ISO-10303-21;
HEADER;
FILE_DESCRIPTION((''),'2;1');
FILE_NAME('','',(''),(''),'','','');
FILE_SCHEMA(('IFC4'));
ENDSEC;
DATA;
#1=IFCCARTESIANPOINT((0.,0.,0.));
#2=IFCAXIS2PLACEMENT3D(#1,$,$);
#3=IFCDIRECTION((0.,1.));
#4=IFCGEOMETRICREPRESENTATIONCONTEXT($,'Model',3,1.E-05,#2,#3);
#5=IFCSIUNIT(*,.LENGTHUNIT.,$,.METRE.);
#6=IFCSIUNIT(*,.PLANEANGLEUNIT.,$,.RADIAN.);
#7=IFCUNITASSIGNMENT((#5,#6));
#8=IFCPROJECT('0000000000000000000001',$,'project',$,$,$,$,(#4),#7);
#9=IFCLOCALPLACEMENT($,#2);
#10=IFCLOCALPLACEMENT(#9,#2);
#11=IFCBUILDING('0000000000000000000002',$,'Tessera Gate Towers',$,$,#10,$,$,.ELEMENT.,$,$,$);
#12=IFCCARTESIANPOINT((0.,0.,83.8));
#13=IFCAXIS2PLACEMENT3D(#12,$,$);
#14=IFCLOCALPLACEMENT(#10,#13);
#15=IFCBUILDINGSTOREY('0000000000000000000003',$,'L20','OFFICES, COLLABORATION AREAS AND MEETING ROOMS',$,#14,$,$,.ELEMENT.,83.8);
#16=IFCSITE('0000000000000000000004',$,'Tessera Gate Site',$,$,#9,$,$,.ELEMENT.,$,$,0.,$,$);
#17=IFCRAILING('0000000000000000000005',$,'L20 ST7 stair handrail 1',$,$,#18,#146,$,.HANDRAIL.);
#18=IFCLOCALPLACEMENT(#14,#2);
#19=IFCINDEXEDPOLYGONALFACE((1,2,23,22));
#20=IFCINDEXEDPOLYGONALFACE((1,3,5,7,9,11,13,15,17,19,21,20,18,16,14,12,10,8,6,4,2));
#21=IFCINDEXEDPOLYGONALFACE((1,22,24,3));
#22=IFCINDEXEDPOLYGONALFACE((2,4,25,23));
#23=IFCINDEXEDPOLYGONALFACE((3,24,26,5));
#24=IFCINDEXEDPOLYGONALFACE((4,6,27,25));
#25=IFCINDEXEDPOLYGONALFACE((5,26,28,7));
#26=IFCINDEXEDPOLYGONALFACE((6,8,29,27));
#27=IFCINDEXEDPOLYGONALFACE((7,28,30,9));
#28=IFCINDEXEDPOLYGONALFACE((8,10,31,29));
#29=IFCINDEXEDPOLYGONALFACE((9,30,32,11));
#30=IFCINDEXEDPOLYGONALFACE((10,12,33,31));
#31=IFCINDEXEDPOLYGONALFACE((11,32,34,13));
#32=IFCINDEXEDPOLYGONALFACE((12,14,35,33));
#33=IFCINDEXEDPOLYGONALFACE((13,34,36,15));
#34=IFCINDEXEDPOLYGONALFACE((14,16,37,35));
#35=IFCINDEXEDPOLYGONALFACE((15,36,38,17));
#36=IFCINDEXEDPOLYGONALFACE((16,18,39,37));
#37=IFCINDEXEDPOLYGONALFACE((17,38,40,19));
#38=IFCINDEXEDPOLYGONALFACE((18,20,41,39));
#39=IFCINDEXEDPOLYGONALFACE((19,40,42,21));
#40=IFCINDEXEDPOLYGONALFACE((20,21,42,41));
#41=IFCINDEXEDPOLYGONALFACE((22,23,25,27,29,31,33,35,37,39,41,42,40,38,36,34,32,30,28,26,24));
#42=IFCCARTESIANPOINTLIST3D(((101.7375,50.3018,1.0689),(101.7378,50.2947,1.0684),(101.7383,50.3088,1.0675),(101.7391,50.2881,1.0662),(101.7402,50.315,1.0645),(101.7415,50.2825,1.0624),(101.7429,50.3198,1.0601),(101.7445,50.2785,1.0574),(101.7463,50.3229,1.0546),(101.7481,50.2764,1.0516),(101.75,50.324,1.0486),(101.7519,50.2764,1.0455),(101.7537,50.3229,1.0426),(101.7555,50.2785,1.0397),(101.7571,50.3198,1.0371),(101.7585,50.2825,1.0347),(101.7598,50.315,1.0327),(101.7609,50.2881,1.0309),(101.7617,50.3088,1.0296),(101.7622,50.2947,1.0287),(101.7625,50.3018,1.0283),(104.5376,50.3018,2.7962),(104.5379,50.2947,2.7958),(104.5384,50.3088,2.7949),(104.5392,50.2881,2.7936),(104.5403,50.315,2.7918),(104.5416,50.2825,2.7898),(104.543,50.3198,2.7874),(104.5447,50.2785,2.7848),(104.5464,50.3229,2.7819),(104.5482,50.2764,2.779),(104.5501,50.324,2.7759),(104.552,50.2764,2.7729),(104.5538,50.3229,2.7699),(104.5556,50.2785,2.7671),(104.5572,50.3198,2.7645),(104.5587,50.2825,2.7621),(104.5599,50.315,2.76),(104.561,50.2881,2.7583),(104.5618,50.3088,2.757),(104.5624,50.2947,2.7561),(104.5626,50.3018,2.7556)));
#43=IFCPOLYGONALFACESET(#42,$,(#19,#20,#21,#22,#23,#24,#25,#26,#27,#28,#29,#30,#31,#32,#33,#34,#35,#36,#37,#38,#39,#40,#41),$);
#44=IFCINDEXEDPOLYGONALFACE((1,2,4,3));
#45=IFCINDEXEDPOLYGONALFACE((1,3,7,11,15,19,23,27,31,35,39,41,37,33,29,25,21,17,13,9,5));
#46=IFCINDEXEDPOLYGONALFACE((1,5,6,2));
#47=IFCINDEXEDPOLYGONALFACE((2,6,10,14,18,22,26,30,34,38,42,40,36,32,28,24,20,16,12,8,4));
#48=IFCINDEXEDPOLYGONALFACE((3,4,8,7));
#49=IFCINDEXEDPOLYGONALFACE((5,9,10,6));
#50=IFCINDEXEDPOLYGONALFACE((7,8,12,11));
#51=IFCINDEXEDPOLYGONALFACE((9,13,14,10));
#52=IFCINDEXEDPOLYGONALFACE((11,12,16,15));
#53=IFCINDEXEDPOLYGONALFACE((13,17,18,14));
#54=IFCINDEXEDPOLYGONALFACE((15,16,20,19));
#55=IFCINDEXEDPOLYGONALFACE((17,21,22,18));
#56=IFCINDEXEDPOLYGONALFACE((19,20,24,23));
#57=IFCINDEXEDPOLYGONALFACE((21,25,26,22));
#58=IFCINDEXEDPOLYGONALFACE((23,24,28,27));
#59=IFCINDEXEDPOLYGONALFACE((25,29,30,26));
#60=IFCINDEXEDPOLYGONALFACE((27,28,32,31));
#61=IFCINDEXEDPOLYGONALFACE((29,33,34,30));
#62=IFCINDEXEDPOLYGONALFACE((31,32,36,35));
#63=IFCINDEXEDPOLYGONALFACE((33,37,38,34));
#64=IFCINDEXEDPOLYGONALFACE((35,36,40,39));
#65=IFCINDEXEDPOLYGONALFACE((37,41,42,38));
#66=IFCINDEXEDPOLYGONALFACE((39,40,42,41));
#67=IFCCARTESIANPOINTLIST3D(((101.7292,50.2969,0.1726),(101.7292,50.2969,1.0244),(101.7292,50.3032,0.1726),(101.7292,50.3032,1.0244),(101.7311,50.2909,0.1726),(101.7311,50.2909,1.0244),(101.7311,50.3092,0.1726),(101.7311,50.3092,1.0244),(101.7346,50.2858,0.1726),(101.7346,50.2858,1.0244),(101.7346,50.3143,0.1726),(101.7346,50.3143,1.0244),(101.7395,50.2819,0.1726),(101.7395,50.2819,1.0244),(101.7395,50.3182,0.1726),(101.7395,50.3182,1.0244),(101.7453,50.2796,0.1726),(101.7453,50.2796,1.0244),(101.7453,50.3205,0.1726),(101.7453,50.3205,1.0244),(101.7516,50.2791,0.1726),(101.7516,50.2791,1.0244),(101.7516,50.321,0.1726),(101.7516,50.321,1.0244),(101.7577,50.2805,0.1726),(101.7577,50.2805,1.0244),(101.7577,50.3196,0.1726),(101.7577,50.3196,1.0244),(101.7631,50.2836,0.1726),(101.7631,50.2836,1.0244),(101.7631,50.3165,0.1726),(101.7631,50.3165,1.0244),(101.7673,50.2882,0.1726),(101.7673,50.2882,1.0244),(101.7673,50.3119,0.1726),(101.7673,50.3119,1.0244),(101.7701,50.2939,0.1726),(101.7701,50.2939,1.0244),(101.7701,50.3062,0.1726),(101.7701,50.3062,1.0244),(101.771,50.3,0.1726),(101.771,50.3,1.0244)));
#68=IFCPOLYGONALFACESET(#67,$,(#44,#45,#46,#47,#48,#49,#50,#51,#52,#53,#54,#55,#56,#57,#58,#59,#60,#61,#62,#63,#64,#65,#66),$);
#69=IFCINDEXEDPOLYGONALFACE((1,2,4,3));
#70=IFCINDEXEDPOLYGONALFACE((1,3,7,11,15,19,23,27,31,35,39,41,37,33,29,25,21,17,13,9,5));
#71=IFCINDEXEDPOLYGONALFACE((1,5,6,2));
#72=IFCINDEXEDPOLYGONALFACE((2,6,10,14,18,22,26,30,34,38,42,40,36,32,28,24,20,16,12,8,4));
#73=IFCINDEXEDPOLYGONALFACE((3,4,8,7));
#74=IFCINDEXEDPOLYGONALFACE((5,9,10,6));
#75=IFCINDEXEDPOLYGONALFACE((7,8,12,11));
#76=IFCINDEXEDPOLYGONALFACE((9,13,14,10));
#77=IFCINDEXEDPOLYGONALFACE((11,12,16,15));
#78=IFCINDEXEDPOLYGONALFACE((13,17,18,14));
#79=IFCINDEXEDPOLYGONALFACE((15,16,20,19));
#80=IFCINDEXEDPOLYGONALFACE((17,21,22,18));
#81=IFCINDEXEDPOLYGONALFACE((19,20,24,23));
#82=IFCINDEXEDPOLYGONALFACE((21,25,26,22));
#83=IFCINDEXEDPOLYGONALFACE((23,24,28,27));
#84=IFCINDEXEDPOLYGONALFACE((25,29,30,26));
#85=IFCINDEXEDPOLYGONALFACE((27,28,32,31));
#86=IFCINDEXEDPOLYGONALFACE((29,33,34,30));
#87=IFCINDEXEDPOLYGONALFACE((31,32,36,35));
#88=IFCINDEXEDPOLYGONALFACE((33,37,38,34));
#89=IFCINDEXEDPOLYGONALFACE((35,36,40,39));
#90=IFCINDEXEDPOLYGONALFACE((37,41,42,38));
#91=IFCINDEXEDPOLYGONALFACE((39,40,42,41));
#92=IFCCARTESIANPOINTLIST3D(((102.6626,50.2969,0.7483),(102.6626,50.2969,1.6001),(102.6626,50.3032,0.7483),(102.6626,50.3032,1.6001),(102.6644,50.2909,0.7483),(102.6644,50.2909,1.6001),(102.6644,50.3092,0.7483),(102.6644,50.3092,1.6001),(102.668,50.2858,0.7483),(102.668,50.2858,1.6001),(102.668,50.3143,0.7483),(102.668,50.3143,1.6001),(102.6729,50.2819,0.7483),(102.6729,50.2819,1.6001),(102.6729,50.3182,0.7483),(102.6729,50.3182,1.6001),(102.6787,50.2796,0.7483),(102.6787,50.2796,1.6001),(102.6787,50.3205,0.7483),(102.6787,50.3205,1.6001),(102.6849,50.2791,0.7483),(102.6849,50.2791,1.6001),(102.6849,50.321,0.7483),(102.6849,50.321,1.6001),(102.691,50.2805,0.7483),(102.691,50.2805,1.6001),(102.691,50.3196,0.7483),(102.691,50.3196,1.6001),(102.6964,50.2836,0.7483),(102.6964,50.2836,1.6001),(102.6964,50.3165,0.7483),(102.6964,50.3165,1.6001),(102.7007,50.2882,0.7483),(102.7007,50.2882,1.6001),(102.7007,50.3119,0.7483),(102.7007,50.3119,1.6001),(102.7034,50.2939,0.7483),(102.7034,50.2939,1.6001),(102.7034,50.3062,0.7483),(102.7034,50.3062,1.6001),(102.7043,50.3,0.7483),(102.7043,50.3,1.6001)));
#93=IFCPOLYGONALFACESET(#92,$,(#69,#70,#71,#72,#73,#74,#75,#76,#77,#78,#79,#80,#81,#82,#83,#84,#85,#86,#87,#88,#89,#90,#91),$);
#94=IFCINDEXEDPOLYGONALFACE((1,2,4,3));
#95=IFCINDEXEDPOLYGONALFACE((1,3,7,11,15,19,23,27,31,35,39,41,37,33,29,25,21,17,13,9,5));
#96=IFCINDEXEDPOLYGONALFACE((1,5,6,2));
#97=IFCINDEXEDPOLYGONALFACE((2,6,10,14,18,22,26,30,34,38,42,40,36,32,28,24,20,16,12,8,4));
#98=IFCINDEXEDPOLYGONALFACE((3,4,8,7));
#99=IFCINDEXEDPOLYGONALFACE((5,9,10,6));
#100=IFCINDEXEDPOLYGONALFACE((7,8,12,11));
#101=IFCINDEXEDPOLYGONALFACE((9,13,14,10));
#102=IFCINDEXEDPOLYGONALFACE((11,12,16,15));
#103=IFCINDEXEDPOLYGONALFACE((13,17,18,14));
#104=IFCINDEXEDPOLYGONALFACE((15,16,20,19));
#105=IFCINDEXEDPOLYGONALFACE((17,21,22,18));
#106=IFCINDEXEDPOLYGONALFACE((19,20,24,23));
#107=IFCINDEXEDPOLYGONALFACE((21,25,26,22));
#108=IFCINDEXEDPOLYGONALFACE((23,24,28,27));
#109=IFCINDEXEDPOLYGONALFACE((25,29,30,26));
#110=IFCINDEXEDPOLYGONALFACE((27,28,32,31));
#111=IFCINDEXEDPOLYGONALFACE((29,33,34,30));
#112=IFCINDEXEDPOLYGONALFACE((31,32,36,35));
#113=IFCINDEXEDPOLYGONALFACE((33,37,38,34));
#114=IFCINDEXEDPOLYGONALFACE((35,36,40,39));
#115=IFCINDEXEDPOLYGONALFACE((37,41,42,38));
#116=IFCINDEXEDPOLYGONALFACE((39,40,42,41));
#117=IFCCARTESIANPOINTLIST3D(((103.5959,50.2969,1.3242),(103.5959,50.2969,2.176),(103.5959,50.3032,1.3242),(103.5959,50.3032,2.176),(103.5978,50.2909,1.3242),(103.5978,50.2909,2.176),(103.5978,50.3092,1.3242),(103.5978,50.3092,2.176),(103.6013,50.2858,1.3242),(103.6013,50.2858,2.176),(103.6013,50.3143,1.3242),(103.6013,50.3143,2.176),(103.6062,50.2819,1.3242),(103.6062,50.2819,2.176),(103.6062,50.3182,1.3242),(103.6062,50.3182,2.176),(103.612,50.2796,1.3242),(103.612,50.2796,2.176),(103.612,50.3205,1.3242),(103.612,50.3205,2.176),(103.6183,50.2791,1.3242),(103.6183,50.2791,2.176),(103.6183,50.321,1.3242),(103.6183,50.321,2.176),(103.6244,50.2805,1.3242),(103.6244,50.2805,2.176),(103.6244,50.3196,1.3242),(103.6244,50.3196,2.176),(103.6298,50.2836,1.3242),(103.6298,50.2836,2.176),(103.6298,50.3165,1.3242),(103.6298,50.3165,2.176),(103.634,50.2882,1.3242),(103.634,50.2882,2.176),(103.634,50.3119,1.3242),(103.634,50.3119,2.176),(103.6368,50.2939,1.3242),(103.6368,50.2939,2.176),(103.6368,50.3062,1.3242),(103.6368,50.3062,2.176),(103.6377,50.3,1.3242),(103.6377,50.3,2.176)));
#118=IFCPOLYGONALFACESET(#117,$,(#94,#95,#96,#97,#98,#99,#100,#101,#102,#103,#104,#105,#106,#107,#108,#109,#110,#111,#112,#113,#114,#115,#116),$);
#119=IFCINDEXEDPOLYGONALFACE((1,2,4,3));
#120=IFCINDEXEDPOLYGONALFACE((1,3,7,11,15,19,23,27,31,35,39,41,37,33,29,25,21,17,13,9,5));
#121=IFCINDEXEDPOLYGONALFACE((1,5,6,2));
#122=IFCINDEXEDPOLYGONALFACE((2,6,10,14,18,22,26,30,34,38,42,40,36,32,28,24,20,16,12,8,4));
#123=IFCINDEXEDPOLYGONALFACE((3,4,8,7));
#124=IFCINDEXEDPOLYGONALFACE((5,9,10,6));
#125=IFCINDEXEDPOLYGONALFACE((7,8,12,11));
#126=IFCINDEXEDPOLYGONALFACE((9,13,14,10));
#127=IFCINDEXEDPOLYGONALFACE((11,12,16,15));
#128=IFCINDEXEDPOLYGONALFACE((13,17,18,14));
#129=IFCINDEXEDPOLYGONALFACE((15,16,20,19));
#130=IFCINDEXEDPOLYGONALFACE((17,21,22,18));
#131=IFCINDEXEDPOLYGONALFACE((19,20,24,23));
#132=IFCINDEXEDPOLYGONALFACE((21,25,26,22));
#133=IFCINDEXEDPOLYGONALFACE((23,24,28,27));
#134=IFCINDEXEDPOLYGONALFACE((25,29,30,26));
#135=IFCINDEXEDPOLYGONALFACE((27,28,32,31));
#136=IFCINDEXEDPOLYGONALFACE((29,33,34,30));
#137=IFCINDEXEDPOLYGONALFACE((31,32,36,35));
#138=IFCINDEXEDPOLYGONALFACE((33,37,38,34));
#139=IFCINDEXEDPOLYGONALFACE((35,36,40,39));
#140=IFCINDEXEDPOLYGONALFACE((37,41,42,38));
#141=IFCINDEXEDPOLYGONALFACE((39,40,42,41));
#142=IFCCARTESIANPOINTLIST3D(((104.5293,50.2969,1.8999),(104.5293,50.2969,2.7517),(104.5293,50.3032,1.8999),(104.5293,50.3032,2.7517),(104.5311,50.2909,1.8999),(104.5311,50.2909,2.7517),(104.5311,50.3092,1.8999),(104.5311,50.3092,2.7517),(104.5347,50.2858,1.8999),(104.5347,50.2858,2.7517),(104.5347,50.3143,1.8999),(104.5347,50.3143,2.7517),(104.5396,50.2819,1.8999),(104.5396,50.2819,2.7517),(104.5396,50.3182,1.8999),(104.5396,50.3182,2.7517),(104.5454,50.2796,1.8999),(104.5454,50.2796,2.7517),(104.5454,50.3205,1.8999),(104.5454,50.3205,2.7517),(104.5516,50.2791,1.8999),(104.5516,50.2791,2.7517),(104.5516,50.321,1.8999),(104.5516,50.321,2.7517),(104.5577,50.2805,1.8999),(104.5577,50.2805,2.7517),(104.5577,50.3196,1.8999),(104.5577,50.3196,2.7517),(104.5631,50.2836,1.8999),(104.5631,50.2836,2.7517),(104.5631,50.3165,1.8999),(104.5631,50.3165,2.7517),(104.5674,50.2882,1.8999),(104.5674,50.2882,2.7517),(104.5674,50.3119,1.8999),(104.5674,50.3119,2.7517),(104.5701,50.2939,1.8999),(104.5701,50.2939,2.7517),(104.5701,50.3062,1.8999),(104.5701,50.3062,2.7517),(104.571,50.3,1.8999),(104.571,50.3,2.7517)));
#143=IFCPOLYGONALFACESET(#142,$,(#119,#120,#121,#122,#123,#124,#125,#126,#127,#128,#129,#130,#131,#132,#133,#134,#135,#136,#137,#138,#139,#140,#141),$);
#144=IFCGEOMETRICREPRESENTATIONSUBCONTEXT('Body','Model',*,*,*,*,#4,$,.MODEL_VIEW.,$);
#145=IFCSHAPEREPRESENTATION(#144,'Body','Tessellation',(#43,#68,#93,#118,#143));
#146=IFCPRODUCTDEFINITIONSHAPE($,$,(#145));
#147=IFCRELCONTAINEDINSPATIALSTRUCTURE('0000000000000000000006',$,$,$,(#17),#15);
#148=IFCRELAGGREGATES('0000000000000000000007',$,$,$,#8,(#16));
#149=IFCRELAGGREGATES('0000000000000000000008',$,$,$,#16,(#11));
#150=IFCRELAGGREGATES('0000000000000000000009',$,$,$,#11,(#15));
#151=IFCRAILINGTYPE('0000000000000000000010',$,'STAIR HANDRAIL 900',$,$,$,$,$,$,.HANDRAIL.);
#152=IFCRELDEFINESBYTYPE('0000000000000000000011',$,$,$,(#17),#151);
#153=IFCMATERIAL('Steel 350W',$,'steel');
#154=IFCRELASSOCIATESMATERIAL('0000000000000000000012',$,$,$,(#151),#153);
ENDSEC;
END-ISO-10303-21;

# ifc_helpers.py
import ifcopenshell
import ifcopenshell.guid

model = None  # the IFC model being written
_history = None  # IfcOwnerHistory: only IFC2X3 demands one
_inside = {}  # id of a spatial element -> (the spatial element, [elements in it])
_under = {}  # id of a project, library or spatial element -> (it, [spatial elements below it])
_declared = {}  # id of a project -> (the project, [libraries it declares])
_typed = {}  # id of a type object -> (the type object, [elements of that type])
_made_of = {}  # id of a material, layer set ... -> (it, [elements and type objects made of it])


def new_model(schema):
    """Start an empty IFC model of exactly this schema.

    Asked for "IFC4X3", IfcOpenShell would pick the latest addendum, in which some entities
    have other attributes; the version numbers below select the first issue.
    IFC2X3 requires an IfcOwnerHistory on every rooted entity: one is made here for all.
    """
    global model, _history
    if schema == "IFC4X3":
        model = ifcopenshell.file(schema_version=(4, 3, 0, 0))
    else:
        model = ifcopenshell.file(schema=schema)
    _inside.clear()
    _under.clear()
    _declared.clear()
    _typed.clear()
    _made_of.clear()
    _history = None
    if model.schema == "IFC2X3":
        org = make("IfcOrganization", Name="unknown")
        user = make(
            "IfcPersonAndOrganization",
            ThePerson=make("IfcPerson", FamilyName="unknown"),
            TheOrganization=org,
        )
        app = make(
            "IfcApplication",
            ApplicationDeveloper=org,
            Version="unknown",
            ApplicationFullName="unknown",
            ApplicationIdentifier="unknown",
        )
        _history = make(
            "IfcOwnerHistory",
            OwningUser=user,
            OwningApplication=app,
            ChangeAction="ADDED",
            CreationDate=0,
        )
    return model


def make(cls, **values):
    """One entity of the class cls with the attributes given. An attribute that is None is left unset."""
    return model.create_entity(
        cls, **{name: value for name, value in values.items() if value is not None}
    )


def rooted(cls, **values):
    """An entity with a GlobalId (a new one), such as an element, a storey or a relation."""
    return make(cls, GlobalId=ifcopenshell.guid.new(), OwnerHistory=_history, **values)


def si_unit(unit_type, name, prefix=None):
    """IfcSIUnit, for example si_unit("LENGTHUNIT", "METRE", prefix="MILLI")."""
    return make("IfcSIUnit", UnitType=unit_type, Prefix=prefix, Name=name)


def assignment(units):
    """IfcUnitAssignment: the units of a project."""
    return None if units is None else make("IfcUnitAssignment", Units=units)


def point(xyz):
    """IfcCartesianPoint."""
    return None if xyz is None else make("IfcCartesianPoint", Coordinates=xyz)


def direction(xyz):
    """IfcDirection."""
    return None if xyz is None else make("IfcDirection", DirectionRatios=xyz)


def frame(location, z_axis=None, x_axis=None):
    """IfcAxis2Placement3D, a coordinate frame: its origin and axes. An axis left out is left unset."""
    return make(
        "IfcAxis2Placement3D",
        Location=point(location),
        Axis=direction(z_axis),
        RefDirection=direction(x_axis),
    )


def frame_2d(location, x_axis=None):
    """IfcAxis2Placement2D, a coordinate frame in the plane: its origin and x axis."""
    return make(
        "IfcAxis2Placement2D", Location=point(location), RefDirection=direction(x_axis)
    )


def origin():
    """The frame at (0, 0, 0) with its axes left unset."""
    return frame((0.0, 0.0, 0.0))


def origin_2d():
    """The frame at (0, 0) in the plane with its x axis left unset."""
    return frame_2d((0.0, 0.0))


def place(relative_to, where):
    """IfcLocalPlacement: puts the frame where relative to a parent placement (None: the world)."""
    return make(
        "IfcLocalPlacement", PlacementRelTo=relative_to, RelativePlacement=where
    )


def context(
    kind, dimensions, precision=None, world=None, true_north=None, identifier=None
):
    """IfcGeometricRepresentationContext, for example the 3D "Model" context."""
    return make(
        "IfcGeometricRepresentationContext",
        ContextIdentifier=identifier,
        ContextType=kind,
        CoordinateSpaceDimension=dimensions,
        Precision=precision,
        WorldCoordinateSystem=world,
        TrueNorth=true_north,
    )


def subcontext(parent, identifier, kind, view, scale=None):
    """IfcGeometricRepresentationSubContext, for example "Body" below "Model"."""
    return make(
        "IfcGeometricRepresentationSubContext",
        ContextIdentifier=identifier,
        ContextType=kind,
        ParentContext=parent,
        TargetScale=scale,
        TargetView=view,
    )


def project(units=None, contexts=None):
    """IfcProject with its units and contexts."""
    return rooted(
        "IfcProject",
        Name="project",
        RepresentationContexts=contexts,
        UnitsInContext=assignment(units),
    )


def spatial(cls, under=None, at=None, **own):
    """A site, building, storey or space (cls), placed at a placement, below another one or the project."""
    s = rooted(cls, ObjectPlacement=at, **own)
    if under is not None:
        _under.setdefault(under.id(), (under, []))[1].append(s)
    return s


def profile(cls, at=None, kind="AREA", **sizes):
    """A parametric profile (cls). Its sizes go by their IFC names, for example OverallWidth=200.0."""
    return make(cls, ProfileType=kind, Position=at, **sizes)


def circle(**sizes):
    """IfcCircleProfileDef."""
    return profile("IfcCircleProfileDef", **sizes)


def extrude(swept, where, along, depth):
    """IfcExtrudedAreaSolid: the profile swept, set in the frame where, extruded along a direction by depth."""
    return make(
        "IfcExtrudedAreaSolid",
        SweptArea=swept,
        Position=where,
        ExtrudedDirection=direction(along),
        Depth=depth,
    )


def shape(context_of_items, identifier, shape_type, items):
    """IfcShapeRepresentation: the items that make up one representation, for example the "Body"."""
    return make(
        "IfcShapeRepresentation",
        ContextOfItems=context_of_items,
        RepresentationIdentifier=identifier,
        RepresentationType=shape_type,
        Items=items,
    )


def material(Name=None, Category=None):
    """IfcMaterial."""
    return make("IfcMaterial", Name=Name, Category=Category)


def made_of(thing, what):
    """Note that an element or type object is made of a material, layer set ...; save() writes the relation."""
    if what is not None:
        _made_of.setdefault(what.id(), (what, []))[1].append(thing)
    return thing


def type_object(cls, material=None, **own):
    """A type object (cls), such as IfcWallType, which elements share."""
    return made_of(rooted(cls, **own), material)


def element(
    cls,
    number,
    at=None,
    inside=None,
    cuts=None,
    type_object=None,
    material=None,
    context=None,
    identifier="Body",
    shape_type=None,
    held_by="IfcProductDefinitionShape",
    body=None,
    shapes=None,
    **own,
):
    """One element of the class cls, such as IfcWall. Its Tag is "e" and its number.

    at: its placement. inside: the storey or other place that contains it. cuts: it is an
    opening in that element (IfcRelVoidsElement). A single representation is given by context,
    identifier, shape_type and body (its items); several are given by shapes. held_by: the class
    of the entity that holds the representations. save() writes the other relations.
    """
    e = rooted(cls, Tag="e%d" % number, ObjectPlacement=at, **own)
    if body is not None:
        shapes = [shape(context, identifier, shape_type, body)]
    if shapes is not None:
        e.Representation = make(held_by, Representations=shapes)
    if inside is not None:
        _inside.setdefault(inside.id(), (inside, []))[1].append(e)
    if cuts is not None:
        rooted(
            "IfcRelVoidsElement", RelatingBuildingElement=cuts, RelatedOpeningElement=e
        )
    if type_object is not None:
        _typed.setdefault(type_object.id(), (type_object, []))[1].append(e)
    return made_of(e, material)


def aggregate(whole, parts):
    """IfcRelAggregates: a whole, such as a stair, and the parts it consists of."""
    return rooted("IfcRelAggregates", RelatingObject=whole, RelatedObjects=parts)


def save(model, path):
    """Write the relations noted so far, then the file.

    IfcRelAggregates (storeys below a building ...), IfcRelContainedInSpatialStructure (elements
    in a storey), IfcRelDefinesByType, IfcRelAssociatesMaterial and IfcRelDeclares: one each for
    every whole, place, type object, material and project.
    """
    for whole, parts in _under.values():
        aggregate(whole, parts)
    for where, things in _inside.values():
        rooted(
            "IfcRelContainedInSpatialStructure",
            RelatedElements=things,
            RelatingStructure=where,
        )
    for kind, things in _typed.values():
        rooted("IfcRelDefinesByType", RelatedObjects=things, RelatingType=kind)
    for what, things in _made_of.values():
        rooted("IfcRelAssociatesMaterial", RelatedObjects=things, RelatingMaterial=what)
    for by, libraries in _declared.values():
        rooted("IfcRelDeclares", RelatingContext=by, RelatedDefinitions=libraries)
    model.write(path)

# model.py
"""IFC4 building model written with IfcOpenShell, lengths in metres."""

from ifc_helpers import new_model, si_unit, direction, frame, origin, origin_2d, place, context, subcontext, project, spatial, circle, extrude, material, type_object, element, save


model = new_model("IFC4")

# Units and contexts
model_context = context("Model", 3, precision=1e-05, world=origin(), true_north=direction((0.0, 1.0)))
body_context = subcontext(model_context, "Body", "Model", "MODEL_VIEW")
ifc_project = project(units=[si_unit("LENGTHUNIT", "METRE"), si_unit("PLANEANGLEUNIT", "RADIAN")], contexts=[model_context])

# Site, building, storey
site_placement = place(None, origin())
site = spatial("IfcSite", under=ifc_project, at=site_placement, Name="Tessera Gate Site", CompositionType="ELEMENT", RefElevation=0.0)
building_placement = place(site_placement, origin())
building = spatial("IfcBuilding", under=site, at=building_placement, Name="Tessera Gate Towers", CompositionType="ELEMENT")
storey_placement = place(building_placement, frame((0.0, 0.0, 83.8)))
storey = spatial("IfcBuildingStorey", under=building, at=storey_placement, Name="L20", Description="OFFICES, COLLABORATION AREAS AND MEETING ROOMS", CompositionType="ELEMENT", Elevation=83.8)

# Railing
ifc_material_1 = material(Name="Steel 350W", Category="steel")
railing_type_1 = type_object("IfcRailingType", Name="STAIR HANDRAIL 900", PredefinedType="HANDRAIL", material=ifc_material_1)
railing_1_placement = place(storey_placement, frame((101.75, 50.3, 0.1726)))
element("IfcRailing", 1, at=railing_1_placement, inside=storey, type_object=railing_type_1, Name="L20 ST7 stair handrail 1", PredefinedType="HANDRAIL", context=body_context, shape_type="SweptSolid", body=[
    extrude(circle(Radius=0.0239, at=origin_2d()), frame((0.0, 0.0, 0.876), z_axis=(0.85109, 0.0, 0.52502), x_axis=(0.0, 1.0, 0.0)), (0.0, 0.0, 1.0), 3.29),
    extrude(circle(Radius=0.021, at=origin_2d()), origin(), (0.0, 0.0, 1.0), 0.8518),
    extrude(circle(Radius=0.021, at=origin_2d()), frame((0.9333, 0.0, 0.5757)), (0.0, 0.0, 1.0), 0.8518),
    extrude(circle(Radius=0.021, at=origin_2d()), frame((1.8667, 0.0, 1.1516)), (0.0, 0.0, 1.0), 0.8518),
    extrude(circle(Radius=0.021, at=origin_2d()), frame((2.8, 0.0, 1.7273)), (0.0, 0.0, 1.0), 0.8518),
])

save(model, "model.ifc")
